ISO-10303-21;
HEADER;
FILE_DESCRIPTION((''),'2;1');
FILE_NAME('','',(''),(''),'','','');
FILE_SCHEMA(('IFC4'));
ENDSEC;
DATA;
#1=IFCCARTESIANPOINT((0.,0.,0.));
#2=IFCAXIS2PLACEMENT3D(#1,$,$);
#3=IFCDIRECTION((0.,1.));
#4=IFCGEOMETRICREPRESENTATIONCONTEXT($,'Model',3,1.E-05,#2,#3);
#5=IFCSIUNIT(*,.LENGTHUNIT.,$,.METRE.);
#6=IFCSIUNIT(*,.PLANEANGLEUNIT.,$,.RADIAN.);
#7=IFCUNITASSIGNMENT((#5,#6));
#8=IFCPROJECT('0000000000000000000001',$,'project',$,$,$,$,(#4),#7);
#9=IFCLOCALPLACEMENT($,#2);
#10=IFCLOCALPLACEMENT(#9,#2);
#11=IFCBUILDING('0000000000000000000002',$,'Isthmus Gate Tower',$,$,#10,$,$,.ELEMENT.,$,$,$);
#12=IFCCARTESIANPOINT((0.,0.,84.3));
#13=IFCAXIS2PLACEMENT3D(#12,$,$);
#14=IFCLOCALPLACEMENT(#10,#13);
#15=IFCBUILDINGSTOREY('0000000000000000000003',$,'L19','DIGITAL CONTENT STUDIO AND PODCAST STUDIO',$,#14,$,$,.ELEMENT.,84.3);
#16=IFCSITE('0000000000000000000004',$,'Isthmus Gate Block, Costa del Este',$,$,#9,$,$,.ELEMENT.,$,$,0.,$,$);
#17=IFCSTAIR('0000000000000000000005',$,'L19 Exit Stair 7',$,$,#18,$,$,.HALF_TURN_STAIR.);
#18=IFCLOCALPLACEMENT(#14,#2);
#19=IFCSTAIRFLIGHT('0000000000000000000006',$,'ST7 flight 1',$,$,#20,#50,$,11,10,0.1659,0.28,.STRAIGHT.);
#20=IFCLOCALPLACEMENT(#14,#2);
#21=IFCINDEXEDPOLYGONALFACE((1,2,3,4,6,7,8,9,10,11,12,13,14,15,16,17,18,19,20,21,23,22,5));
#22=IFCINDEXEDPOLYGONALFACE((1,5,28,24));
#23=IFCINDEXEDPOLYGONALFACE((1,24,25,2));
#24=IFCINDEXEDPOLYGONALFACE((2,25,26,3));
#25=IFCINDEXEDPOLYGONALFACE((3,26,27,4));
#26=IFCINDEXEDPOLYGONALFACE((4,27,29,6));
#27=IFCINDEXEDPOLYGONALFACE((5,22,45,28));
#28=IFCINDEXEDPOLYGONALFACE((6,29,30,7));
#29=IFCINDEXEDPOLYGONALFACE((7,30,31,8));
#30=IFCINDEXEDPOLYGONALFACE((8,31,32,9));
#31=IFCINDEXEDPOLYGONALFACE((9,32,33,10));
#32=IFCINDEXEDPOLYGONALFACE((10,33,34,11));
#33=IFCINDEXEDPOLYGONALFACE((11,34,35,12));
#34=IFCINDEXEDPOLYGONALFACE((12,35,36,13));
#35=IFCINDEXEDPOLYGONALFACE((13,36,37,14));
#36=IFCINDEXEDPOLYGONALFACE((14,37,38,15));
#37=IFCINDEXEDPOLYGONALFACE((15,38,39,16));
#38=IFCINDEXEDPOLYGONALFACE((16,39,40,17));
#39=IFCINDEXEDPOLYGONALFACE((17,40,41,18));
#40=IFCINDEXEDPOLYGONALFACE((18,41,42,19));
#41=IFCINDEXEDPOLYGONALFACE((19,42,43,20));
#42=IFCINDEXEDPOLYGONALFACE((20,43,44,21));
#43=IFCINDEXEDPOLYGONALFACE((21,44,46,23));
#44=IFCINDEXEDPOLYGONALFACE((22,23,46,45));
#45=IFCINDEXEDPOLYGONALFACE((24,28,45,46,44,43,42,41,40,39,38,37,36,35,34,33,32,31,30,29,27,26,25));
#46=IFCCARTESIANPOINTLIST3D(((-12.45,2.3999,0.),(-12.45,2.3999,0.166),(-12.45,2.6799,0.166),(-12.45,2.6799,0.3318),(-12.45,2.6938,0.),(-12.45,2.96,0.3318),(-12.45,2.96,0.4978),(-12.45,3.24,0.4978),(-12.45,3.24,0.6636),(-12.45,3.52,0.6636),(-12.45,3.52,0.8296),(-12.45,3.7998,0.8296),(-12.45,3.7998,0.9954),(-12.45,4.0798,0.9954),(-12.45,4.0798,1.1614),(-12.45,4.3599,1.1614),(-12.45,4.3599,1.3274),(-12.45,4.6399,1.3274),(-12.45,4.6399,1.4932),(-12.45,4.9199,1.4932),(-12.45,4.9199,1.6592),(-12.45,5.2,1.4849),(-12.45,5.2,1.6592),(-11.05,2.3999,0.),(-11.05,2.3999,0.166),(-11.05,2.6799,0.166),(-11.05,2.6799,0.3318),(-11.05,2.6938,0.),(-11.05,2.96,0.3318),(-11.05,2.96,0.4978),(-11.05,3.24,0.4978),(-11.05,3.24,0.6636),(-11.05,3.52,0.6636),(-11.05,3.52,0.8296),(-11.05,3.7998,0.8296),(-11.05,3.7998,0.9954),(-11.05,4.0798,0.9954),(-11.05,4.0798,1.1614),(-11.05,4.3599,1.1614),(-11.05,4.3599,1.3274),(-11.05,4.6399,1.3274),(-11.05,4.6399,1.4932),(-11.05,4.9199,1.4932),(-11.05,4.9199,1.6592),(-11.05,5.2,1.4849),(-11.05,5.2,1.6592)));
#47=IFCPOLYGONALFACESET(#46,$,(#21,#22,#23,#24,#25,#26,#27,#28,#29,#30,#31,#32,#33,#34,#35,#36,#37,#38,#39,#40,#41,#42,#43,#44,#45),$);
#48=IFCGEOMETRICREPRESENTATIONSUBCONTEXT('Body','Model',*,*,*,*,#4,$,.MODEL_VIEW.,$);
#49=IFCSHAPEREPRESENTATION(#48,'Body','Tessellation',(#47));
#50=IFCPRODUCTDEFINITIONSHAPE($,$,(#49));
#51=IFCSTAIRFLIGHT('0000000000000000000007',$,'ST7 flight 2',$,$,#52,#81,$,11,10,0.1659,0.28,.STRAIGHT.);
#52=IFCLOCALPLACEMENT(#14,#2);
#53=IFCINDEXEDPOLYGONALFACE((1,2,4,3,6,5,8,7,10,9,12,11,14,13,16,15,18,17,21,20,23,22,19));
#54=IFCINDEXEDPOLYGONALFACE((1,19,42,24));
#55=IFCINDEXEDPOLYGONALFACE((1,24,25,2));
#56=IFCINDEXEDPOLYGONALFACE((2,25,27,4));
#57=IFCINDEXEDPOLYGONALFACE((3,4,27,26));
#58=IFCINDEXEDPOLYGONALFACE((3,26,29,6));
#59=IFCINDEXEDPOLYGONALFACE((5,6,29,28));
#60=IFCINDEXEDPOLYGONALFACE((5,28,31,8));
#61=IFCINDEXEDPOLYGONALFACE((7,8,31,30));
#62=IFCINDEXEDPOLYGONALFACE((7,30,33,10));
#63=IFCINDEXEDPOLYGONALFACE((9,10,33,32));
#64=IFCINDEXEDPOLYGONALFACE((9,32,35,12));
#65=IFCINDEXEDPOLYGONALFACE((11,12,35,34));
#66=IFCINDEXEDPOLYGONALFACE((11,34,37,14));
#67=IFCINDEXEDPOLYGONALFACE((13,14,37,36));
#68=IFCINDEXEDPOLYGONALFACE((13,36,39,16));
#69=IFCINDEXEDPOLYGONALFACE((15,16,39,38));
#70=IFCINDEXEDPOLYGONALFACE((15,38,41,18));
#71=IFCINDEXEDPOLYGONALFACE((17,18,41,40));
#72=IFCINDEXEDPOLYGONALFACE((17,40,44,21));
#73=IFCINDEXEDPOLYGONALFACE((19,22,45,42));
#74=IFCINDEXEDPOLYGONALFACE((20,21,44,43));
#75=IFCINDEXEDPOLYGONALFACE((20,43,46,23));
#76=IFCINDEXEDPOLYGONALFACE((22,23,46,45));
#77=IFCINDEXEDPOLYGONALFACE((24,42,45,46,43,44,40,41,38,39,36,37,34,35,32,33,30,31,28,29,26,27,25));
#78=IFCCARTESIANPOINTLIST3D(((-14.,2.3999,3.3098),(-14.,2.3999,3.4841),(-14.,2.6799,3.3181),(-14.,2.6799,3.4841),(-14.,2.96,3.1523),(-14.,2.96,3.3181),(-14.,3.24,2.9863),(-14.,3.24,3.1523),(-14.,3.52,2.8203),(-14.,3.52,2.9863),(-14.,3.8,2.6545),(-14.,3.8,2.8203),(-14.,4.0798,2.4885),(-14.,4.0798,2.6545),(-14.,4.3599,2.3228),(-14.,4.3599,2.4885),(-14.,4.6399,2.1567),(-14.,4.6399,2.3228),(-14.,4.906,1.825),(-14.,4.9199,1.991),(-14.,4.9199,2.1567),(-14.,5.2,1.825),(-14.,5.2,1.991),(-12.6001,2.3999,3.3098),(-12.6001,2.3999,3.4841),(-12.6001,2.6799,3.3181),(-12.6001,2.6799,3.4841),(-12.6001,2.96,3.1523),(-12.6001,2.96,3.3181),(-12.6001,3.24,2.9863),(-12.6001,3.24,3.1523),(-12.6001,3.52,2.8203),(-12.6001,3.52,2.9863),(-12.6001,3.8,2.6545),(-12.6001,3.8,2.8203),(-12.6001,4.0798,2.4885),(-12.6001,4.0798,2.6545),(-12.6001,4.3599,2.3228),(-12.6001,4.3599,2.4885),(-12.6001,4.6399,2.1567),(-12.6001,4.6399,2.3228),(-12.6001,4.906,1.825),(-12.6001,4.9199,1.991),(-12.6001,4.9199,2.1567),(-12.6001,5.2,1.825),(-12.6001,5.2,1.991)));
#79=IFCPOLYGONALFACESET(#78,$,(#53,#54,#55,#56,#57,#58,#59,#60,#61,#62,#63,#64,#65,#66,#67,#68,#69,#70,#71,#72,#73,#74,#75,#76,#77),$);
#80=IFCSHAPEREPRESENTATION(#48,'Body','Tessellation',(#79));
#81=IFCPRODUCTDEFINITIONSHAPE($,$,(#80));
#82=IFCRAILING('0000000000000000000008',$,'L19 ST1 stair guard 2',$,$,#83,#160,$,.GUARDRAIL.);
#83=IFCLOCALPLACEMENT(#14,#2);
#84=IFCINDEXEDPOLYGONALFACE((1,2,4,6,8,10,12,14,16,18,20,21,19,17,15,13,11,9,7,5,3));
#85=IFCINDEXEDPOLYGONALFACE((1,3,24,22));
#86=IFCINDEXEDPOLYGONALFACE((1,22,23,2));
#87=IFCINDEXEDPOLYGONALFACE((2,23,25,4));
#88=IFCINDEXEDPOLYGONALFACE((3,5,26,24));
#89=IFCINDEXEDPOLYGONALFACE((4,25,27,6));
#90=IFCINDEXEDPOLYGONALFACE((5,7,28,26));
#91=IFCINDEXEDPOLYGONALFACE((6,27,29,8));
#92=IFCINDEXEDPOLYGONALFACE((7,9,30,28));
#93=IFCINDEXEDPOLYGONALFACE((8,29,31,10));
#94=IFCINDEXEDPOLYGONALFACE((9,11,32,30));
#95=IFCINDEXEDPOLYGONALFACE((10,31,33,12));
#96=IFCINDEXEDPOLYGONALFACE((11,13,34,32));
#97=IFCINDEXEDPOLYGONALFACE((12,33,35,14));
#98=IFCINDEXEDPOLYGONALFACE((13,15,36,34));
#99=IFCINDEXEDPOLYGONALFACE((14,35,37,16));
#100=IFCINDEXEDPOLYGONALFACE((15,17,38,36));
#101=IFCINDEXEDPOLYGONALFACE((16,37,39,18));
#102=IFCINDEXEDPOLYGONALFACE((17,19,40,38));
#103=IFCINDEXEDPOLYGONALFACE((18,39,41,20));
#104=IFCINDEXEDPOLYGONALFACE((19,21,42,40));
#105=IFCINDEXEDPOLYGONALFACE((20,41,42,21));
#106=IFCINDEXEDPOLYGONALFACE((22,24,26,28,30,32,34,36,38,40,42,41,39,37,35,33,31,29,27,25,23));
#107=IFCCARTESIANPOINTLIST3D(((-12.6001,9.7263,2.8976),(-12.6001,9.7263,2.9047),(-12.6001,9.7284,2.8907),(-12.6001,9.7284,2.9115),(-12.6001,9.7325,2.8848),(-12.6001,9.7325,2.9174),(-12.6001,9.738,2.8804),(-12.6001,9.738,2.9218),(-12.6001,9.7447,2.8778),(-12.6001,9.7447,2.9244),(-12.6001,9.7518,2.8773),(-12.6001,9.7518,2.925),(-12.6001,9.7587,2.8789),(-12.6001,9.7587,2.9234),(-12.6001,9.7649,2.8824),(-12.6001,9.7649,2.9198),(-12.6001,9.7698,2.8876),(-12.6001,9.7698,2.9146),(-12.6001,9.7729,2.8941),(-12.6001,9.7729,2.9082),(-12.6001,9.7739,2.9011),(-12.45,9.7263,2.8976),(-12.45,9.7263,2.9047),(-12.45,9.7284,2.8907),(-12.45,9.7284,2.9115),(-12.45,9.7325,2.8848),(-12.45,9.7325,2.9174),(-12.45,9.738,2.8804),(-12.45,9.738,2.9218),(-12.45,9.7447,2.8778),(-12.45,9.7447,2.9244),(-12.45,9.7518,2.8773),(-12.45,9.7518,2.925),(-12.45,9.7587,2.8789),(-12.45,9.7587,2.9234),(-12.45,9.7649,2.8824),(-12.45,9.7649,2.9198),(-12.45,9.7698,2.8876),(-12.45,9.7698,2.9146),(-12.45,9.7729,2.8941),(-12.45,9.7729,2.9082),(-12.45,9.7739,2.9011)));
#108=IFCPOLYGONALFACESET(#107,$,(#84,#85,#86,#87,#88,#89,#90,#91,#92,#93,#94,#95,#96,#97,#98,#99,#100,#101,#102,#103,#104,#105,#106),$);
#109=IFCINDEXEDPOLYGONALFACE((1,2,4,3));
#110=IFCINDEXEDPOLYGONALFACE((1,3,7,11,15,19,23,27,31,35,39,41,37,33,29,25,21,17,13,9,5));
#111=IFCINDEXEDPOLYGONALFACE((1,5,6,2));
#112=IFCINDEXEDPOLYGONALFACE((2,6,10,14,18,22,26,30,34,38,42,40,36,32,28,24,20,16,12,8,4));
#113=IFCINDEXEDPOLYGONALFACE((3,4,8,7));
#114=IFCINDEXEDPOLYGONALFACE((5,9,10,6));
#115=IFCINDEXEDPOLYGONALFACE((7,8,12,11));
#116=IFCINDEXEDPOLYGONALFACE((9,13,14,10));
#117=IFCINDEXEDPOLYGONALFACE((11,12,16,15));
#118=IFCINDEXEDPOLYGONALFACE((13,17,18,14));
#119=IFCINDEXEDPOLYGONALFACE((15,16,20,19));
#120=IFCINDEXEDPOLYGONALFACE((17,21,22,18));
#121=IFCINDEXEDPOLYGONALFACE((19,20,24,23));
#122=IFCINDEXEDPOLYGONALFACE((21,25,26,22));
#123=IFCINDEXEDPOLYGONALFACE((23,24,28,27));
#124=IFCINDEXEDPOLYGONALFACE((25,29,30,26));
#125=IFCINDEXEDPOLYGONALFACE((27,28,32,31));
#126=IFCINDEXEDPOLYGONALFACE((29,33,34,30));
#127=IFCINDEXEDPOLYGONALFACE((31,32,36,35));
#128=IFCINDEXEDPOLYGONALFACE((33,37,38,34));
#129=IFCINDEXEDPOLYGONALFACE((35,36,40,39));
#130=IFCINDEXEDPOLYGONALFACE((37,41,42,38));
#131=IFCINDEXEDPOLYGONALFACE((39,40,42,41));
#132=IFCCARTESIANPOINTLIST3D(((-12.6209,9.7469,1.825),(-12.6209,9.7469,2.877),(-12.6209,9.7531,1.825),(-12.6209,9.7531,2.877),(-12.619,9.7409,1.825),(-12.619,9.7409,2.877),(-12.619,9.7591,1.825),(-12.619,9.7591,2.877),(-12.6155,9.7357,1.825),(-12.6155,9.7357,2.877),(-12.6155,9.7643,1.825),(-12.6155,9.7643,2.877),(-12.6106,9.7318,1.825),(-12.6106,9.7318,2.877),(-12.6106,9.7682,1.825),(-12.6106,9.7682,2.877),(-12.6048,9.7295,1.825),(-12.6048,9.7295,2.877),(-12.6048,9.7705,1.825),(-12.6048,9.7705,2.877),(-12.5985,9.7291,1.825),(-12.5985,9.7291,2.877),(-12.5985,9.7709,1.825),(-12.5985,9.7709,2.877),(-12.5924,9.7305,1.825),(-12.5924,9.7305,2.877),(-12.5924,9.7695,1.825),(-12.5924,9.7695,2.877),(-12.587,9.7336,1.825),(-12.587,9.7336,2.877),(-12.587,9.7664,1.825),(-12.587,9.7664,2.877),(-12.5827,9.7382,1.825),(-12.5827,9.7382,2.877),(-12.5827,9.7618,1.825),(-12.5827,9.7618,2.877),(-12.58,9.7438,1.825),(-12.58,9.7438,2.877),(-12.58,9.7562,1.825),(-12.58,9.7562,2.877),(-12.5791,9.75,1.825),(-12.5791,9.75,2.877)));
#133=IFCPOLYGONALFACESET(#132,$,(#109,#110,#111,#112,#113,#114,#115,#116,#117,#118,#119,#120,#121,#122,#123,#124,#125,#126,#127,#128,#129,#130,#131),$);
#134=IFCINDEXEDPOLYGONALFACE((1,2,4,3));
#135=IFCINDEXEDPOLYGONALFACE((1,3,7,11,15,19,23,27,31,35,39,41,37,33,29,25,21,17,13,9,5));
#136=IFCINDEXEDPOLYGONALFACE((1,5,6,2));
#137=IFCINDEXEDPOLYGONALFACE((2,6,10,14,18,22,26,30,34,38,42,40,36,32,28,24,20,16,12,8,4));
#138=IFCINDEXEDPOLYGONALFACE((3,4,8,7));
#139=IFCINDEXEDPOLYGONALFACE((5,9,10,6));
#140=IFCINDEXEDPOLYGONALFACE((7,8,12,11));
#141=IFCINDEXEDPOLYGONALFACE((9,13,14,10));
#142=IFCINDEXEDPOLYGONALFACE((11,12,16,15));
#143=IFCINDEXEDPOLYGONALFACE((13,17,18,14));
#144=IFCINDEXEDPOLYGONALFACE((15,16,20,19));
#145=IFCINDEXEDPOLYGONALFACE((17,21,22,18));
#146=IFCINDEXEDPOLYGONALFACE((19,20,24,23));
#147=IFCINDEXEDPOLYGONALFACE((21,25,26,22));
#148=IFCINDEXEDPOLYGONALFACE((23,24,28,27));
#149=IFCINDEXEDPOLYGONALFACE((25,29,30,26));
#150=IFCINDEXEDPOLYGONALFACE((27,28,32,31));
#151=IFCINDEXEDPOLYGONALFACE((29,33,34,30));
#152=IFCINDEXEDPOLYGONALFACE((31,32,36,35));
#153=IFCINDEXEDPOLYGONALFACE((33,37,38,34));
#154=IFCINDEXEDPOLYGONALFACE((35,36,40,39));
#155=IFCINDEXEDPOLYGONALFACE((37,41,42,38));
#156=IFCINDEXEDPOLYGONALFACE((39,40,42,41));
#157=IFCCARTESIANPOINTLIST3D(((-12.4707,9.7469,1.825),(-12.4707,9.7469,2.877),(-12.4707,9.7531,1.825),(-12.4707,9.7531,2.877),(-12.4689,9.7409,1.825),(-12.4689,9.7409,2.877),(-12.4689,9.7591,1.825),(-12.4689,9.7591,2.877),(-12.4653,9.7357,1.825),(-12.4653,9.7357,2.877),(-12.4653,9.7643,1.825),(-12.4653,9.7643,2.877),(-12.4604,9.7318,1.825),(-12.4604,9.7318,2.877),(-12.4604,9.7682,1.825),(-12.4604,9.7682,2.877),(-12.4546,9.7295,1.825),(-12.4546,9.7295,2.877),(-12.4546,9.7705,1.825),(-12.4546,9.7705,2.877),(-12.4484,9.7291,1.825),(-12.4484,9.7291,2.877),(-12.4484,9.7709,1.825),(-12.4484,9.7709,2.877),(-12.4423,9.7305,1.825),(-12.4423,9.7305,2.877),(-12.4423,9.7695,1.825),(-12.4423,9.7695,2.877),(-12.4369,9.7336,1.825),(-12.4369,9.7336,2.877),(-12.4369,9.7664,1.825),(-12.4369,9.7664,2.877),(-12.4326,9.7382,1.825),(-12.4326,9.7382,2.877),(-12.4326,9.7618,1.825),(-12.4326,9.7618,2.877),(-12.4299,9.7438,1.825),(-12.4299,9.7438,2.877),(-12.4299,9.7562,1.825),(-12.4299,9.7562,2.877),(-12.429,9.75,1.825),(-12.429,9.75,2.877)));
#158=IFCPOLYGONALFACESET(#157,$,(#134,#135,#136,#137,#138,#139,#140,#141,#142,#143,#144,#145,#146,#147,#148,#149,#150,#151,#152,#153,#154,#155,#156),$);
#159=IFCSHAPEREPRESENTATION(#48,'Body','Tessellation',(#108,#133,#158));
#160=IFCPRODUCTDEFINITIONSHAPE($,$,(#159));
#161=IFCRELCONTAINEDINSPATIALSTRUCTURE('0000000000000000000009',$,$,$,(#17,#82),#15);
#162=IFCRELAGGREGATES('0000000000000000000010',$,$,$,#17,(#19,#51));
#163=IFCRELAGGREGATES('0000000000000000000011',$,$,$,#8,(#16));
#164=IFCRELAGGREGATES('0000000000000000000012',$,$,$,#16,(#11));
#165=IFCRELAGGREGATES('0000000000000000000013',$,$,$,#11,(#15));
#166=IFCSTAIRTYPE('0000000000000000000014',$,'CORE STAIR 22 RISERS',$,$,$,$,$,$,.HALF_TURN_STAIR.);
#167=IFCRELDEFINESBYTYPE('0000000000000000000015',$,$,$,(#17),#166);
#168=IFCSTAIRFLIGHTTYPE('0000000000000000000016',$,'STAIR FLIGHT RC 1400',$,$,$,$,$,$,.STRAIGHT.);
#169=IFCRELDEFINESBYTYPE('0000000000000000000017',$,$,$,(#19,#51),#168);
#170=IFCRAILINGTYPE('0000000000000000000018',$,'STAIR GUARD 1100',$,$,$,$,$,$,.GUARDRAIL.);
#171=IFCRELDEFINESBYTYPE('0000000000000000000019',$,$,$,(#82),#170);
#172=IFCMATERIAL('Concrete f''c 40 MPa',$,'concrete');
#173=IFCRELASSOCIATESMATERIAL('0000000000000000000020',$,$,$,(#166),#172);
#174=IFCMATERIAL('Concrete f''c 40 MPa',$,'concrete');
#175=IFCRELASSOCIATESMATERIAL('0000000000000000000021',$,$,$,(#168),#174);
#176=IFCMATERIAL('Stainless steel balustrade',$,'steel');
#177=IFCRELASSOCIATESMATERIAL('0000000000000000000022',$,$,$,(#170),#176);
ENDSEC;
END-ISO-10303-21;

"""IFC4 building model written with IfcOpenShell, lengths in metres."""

from ifc_helpers import new_model, si_unit, direction, frame, origin, origin_2d, place, context, subcontext, project, spatial, polyline, circle, outline, extrude, material, type_object, element, aggregate, save


model = new_model("IFC4")

# Units and contexts
model_context = context("Model", 3, precision=1e-05, world=origin(), true_north=direction((0.0, 1.0)))
body_context = subcontext(model_context, "Body", "Model", "MODEL_VIEW")
ifc_project = project(units=[si_unit("LENGTHUNIT", "METRE"), si_unit("PLANEANGLEUNIT", "RADIAN")], contexts=[model_context])

# Site, building, storey
site_placement = place(None, origin())
site = spatial("IfcSite", under=ifc_project, at=site_placement, Name="Isthmus Gate Block, Costa del Este", CompositionType="ELEMENT", RefElevation=0.0)
building_placement = place(site_placement, origin())
building = spatial("IfcBuilding", under=site, at=building_placement, Name="Isthmus Gate Tower", CompositionType="ELEMENT")
storey_placement = place(building_placement, frame((0.0, 0.0, 84.3)))
storey = spatial("IfcBuildingStorey", under=building, at=storey_placement, Name="L19", Description="DIGITAL CONTENT STUDIO AND PODCAST STUDIO", CompositionType="ELEMENT", Elevation=84.3)

# Shared definitions
ifc_material_1 = material(Name="Concrete f'c 40 MPa", Category="concrete")
stair_type = type_object("IfcStairType", Name="CORE STAIR 22 RISERS", PredefinedType="HALF_TURN_STAIR", material=ifc_material_1)
ifc_material_2 = material(Name="Concrete f'c 40 MPa", Category="concrete")
stair_flight_type = type_object("IfcStairFlightType", Name="STAIR FLIGHT RC 1400", PredefinedType="STRAIGHT", material=ifc_material_2)

# Stair, stair flights
stair_1_placement = place(storey_placement, origin())
stair_1 = element("IfcStair", 1, at=stair_1_placement, inside=storey, type_object=stair_type, Name="L19 Exit Stair 7", PredefinedType="HALF_TURN_STAIR")
stair_flight_1_placement = place(storey_placement, frame((-11.75, 2.3999, 0.0), z_axis=(0.0, 0.0, 1.0), x_axis=(0.0, 1.0, 0.0)))
stair_flight_1 = element("IfcStairFlight", 2, at=stair_flight_1_placement, type_object=stair_flight_type, Name="ST7 flight 1", NumberOfRisers=11, NumberOfTreads=10, PredefinedType="STRAIGHT", RiserHeight=0.1659, TreadLength=0.28, context=body_context, shape_type="SweptSolid", body=[
    extrude(outline(polyline([(0.0, 0.0), (0.0, 0.166), (0.28, 0.166), (0.28, 0.3318), (0.5601, 0.3318), (0.5601, 0.4978), (0.8401, 0.4978), (0.8401, 0.6636), (1.1201, 0.6636), (1.1201, 0.8296), (1.3999, 0.8296), (1.3999, 0.9954), (1.6799, 0.9954), (1.6799, 1.1614), (1.96, 1.1614), (1.96, 1.3274), (2.24, 1.3274), (2.24, 1.4932), (2.52, 1.4932), (2.52, 1.6592), (2.8, 1.6592), (2.8, 1.825), (2.8, 1.4849), (0.2939, 0.0), (0.0, 0.0)])), frame((0.0, 0.7, 0.0), z_axis=(0.0, -1.0, 0.0), x_axis=(1.0, 0.0, 0.0)), (0.0, 0.0, 1.0), 1.3999),
])
stair_flight_2_placement = place(storey_placement, frame((-13.3, 5.2, 1.825), z_axis=(0.0, 0.0, 1.0), x_axis=(0.0, -1.0, 0.0)))
stair_flight_2 = element("IfcStairFlight", 3, at=stair_flight_2_placement, type_object=stair_flight_type, Name="ST7 flight 2", NumberOfRisers=11, NumberOfTreads=10, PredefinedType="STRAIGHT", RiserHeight=0.1659, TreadLength=0.28, context=body_context, shape_type="SweptSolid", body=[
    extrude(outline(polyline([(0.0, 0.0), (0.0, 0.166), (0.28, 0.166), (0.28, 0.3318), (0.5601, 0.3318), (0.5601, 0.4978), (0.8401, 0.4978), (0.8401, 0.6636), (1.1201, 0.6636), (1.1201, 0.8296), (1.3999, 0.8296), (1.3999, 0.9954), (1.6799, 0.9954), (1.6799, 1.1614), (1.96, 1.1614), (1.96, 1.3274), (2.24, 1.3274), (2.24, 1.4932), (2.52, 1.4932), (2.52, 1.6592), (2.8, 1.6592), (2.8, 1.825), (2.8, 1.4849), (0.2939, 0.0), (0.0, 0.0)])), frame((0.0, 0.7, 0.0), z_axis=(0.0, -1.0, 0.0), x_axis=(1.0, 0.0, 0.0)), (0.0, 0.0, 1.0), 1.3999),
])
aggregate(stair_1, [stair_flight_1, stair_flight_2])

# Railing
ifc_material_3 = material(Name="Stainless steel balustrade", Category="steel")
railing_type_1 = type_object("IfcRailingType", Name="STAIR GUARD 1100", PredefinedType="GUARDRAIL", material=ifc_material_3)
railing_1_placement = place(storey_placement, frame((-12.6001, 9.75, 1.825)))
element("IfcRailing", 4, at=railing_1_placement, inside=storey, type_object=railing_type_1, Name="L19 ST1 stair guard 2", PredefinedType="GUARDRAIL", context=body_context, shape_type="SweptSolid", body=[
    extrude(circle(Radius=0.0239, at=origin_2d()), frame((0.0, 0.0, 1.0762), z_axis=(1.0, 0.0, 0.0), x_axis=(0.0, 1.0, 0.0)), (0.0, 0.0, 1.0), 0.1501),
    extrude(circle(Radius=0.021, at=origin_2d()), origin(), (0.0, 0.0, 1.0), 1.052),
    extrude(circle(Radius=0.021, at=origin_2d()), frame((0.1501, 0.0, 0.0)), (0.0, 0.0, 1.0), 1.052),
])

save(model, "model.ifc")
